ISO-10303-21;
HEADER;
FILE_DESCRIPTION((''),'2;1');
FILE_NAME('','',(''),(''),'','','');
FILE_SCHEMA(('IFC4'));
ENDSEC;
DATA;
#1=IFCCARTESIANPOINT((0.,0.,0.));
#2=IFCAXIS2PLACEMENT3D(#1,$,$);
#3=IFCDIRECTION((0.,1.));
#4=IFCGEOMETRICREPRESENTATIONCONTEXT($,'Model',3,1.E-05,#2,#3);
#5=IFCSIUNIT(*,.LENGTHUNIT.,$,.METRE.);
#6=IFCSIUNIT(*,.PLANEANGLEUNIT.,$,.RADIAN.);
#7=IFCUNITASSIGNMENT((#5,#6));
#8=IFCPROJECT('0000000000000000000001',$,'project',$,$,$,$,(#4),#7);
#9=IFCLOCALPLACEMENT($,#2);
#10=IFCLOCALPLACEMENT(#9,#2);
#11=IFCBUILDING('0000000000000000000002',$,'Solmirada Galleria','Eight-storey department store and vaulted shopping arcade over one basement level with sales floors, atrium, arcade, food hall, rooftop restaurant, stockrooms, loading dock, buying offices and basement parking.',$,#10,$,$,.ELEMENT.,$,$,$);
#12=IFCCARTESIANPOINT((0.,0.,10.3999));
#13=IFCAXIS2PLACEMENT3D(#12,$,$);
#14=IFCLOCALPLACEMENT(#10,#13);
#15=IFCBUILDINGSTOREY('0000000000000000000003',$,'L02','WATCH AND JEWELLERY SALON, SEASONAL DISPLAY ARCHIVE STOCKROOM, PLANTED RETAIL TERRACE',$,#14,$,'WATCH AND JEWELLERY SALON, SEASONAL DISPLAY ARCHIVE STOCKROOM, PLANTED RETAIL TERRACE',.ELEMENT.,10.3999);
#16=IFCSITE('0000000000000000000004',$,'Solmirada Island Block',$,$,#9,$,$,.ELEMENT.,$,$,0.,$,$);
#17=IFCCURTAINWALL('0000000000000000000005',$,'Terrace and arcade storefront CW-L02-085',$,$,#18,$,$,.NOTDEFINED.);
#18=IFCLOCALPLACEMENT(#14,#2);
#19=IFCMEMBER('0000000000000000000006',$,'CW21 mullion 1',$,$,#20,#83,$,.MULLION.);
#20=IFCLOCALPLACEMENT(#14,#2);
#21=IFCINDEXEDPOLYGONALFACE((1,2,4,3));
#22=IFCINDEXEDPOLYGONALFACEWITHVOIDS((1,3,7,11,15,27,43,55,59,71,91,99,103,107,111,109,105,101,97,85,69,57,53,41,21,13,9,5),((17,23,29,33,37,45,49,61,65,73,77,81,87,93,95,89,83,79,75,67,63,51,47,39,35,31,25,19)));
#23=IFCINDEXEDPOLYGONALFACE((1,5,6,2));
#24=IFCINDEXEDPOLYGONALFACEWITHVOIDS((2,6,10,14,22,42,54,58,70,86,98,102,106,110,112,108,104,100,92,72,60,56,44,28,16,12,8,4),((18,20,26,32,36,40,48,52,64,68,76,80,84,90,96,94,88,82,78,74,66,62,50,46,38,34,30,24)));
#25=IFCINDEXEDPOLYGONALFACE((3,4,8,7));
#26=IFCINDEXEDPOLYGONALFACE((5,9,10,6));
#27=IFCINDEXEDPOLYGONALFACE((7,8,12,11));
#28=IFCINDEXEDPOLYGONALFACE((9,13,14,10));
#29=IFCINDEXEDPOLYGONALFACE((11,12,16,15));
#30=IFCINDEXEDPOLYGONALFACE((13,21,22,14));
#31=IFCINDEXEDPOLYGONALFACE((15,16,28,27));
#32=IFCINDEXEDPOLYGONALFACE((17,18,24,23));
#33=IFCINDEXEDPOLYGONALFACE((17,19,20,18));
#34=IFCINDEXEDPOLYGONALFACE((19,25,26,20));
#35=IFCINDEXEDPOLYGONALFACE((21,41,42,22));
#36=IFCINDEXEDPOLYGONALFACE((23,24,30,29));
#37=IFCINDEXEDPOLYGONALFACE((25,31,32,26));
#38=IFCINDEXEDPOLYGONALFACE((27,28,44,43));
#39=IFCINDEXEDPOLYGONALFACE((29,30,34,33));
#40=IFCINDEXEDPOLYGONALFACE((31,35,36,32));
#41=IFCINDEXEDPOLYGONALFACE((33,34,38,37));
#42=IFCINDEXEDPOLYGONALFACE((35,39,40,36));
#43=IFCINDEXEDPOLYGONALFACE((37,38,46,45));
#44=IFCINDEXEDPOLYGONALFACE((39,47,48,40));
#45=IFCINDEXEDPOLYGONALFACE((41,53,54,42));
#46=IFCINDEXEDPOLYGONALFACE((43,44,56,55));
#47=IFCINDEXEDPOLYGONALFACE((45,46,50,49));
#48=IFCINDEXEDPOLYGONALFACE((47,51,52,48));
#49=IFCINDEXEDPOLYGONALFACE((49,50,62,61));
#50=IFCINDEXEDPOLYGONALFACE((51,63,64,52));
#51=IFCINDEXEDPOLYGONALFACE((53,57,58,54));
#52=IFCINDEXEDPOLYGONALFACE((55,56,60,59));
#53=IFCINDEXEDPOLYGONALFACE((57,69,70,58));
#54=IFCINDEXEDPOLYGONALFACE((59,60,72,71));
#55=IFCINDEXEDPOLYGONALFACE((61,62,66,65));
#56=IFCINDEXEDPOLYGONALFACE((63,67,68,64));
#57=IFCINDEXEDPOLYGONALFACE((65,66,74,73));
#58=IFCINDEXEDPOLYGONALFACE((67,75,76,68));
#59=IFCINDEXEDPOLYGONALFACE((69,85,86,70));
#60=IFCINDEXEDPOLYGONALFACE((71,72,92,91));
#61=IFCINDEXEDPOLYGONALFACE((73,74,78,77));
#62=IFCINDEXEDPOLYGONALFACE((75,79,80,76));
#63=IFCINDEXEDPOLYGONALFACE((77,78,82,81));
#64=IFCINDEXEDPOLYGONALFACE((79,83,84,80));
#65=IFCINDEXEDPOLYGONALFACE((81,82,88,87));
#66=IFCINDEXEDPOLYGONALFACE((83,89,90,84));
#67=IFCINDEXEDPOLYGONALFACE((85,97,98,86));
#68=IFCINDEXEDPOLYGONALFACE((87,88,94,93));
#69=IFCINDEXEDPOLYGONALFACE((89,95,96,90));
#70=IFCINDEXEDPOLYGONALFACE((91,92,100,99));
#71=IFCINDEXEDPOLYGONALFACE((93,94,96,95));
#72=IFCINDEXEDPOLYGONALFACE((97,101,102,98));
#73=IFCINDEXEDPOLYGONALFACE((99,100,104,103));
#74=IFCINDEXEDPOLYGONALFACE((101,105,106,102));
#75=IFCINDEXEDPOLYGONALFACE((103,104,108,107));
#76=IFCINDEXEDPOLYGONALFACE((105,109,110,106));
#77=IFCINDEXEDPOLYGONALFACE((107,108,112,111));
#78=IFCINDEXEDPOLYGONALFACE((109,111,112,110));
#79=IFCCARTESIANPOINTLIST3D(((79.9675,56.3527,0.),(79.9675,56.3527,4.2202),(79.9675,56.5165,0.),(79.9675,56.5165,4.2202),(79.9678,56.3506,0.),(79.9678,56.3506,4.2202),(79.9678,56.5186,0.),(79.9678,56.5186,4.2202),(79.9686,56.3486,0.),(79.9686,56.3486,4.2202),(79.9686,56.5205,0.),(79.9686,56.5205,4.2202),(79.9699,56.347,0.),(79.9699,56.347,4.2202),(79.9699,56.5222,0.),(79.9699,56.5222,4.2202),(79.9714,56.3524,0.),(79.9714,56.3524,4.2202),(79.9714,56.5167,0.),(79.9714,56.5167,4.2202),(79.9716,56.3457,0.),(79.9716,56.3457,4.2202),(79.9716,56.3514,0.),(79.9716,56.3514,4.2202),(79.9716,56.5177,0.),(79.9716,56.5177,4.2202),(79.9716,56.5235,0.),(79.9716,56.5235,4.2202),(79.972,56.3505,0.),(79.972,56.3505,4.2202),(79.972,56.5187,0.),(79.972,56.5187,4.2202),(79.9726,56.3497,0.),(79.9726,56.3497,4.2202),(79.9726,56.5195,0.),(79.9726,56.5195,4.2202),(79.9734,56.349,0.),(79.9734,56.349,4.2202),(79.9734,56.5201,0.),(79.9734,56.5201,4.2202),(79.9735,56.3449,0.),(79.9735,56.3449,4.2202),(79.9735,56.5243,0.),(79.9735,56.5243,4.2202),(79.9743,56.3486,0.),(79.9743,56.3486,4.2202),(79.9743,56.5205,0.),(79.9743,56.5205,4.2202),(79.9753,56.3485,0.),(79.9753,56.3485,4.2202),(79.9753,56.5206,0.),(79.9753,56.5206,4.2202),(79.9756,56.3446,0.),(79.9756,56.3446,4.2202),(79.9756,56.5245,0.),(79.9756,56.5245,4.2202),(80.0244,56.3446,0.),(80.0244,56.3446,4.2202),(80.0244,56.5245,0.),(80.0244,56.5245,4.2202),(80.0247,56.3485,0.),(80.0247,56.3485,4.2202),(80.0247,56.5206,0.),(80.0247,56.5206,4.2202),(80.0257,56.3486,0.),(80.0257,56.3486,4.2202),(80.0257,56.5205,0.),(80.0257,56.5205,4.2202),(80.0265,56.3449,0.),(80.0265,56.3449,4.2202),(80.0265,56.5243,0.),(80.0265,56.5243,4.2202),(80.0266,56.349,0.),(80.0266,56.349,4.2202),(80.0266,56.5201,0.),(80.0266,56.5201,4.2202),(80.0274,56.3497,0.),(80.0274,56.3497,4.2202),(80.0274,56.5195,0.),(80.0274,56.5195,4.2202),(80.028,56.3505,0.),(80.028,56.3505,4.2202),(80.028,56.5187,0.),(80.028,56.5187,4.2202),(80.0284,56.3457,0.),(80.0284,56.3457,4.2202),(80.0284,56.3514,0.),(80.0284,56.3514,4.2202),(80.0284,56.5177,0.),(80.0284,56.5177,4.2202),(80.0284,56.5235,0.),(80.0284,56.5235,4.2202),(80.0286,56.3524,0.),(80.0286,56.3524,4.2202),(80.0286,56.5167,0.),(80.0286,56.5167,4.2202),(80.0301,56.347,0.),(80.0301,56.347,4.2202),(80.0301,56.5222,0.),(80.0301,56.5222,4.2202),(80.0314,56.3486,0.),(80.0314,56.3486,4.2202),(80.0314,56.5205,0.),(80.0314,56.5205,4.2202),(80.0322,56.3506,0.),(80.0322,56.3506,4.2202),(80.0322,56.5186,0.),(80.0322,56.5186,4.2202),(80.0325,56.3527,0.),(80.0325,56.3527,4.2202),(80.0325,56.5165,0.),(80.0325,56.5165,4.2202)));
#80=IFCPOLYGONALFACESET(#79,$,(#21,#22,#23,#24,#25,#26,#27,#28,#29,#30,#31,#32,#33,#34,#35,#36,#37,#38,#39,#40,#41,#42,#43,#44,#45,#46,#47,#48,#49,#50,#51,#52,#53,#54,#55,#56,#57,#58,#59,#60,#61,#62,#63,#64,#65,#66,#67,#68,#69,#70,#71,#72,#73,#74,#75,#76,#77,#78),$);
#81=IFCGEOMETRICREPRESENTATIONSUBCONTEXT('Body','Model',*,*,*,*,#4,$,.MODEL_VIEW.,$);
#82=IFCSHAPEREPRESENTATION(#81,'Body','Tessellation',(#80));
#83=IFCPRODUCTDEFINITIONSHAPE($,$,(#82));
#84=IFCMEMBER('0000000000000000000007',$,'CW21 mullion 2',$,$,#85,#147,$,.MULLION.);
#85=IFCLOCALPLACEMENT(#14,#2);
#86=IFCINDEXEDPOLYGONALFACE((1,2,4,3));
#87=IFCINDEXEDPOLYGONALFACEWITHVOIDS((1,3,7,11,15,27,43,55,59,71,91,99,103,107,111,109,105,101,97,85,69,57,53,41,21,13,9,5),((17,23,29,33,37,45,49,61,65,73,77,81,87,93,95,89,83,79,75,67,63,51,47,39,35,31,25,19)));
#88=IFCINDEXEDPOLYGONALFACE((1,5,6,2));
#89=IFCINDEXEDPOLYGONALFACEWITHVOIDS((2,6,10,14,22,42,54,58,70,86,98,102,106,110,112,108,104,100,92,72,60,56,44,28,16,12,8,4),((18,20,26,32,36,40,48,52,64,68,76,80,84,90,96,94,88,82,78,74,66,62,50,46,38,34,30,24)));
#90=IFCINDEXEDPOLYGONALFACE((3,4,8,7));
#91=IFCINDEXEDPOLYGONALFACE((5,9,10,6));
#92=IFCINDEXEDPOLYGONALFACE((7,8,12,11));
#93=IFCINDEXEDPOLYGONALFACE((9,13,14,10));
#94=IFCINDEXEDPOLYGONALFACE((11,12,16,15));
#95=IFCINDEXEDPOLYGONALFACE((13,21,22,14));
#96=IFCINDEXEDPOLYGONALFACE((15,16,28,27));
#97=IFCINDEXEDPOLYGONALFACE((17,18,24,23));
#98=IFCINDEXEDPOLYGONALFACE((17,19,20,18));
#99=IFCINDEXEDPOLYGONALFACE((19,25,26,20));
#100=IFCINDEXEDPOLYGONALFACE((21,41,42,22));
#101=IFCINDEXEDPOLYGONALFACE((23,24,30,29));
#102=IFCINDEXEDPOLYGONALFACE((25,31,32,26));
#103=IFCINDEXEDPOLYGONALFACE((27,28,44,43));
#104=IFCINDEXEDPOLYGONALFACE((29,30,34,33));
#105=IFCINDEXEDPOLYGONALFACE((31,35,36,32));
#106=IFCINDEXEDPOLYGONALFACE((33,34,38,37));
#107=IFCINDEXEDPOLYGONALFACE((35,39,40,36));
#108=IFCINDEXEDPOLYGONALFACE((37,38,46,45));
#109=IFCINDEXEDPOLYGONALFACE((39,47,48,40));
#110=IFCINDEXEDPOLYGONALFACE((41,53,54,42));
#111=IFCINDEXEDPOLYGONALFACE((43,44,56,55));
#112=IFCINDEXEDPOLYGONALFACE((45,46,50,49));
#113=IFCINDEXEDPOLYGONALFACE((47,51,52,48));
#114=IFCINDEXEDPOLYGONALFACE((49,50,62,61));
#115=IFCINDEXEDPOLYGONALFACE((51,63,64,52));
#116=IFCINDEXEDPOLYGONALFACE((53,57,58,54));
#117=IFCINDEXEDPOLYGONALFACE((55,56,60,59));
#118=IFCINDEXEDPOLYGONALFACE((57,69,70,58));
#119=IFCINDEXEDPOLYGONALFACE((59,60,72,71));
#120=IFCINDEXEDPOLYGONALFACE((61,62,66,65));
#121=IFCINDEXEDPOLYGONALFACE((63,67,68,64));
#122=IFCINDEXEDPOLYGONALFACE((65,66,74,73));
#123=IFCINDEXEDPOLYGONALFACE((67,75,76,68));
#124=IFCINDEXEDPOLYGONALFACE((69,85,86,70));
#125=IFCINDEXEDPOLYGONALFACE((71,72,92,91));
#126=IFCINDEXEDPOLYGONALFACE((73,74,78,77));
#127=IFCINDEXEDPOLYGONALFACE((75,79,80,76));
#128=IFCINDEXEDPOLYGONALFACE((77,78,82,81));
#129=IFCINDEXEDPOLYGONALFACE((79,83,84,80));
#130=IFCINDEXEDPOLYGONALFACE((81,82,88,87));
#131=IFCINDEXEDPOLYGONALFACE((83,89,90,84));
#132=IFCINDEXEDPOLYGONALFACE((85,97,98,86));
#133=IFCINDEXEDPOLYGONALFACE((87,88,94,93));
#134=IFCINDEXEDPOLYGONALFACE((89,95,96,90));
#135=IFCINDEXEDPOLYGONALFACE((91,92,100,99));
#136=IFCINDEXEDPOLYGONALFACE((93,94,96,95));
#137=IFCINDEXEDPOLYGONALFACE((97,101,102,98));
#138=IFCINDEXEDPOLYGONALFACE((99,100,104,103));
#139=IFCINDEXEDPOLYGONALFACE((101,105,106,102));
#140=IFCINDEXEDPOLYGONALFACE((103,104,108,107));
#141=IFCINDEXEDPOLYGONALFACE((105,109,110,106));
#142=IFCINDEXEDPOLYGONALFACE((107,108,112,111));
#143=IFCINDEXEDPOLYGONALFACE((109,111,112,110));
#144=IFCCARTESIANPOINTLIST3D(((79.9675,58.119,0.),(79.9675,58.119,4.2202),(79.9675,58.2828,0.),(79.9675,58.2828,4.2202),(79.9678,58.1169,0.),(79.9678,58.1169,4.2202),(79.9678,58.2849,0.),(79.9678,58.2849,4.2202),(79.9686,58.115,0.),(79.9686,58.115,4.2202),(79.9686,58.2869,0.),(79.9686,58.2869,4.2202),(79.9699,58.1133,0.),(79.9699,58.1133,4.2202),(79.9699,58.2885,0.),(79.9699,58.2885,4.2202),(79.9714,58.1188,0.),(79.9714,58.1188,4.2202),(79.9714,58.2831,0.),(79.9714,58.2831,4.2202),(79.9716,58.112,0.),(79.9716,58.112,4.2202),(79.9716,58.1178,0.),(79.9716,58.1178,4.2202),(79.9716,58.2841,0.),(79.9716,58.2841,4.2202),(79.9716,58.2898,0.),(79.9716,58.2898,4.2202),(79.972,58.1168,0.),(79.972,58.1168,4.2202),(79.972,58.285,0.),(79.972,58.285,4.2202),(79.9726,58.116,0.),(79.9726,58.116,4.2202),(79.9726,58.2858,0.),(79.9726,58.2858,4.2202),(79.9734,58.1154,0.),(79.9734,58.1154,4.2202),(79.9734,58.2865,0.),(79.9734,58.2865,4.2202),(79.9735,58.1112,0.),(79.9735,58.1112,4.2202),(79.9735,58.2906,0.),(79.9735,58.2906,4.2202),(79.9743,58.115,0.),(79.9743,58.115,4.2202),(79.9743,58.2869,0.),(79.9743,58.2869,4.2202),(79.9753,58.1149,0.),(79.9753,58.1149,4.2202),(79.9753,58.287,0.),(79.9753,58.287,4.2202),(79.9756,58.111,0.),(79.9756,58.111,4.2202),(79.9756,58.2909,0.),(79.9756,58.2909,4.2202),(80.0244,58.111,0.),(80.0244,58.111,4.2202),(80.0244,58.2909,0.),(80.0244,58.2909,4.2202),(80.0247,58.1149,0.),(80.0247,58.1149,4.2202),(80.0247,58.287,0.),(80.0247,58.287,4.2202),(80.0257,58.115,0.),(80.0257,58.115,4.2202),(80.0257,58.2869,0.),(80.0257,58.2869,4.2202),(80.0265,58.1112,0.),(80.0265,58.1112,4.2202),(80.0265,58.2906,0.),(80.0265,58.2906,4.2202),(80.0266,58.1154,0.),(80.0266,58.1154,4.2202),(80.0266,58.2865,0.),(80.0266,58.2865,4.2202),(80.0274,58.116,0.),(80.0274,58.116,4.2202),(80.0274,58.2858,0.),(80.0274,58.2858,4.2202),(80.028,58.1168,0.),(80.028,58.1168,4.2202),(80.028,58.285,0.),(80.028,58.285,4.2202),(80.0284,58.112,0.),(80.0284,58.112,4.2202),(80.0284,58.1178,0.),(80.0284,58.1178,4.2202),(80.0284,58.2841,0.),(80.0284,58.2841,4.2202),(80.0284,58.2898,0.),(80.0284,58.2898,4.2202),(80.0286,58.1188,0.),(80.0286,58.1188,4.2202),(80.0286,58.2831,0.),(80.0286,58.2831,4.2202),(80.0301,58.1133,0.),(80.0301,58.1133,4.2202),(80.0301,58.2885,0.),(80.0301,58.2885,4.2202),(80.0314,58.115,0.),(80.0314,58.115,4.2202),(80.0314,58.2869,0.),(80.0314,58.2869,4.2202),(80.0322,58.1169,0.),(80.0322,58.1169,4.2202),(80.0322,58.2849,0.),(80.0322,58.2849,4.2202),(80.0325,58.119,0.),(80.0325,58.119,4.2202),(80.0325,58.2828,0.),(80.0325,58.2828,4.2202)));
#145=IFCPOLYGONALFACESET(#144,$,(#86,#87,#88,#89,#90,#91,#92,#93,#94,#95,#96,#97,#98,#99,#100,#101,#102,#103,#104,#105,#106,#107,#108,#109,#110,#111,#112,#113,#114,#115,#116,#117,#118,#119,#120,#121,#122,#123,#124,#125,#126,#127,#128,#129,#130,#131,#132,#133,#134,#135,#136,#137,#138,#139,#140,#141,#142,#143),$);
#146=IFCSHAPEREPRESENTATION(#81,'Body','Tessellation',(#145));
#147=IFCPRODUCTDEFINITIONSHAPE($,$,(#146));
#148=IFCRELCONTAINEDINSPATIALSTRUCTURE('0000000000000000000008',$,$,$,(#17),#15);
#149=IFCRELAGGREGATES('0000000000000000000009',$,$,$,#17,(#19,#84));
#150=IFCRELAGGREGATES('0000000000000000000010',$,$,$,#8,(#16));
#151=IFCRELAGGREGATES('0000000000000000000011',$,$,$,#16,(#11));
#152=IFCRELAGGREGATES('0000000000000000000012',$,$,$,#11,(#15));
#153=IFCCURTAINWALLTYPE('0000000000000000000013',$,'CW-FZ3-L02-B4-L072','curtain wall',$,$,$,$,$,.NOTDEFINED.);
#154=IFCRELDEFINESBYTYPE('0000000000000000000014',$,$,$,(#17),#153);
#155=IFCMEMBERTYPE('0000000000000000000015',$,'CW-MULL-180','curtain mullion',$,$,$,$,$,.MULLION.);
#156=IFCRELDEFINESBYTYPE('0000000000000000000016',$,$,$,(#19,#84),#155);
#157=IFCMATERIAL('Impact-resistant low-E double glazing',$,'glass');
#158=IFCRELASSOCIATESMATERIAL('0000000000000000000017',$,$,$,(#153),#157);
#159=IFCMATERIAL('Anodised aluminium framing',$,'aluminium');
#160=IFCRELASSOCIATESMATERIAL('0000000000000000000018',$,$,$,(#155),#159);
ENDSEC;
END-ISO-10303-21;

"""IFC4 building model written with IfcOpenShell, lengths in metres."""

from ifc_helpers import new_model, si_unit, direction, frame, origin, origin_2d, place, context, subcontext, project, spatial, hollow_rectangle, extrude, material, material_profile, profile_set, type_object, element, aggregate, save


model = new_model("IFC4")

# Units and contexts
model_context = context("Model", 3, precision=1e-05, world=origin(), true_north=direction((0.0, 1.0)))
body_context = subcontext(model_context, "Body", "Model", "MODEL_VIEW")
ifc_project = project(units=[si_unit("LENGTHUNIT", "METRE"), si_unit("PLANEANGLEUNIT", "RADIAN")], contexts=[model_context])

# Site, building, storey
site_placement = place(None, origin())
site = spatial("IfcSite", under=ifc_project, at=site_placement, Name="Solmirada Island Block", CompositionType="ELEMENT", RefElevation=0.0)
building_placement = place(site_placement, origin())
building = spatial("IfcBuilding", under=site, at=building_placement, Name="Solmirada Galleria", Description="Eight-storey department store and vaulted shopping arcade over one basement level with sales floors, atrium, arcade, food hall, rooftop restaurant, stockrooms, loading dock, buying offices and basement parking.", CompositionType="ELEMENT")
storey_placement = place(building_placement, frame((0.0, 0.0, 10.3999)))
storey = spatial("IfcBuildingStorey", under=building, at=storey_placement, Name="L02", Description="WATCH AND JEWELLERY SALON, SEASONAL DISPLAY ARCHIVE STOCKROOM, PLANTED RETAIL TERRACE", LongName="WATCH AND JEWELLERY SALON, SEASONAL DISPLAY ARCHIVE STOCKROOM, PLANTED RETAIL TERRACE", CompositionType="ELEMENT", Elevation=10.3999)

# Shared definitions
ifc_material_1 = material(Name="Impact-resistant low-E double glazing", Category="glass")
curtain_wall_type = type_object("IfcCurtainWallType", Name="CW-FZ3-L02-B4-L072", Description="curtain wall", PredefinedType="NOTDEFINED", material=ifc_material_1)
ifc_material_2 = material(Name="Anodised aluminium framing", Category="aluminium")
ifc_material_profile_1 = material_profile(ifc_material_2, hollow_rectangle(XDim=0.0649, YDim=0.1799, WallThickness=0.0039, InnerFilletRadius=0.0039, OuterFilletRadius=0.0081, at=origin_2d()), Name="ALU-MULL-180X65")
ifc_profile_set_1 = profile_set([ifc_material_profile_1], Name="Anodised aluminium framing")
member_type_1 = type_object("IfcMemberType", Name="CW-MULL-180", Description="curtain mullion", PredefinedType="MULLION", material=ifc_profile_set_1)

# Curtain wall, members
curtain_wall_1_placement = place(storey_placement, origin())
curtain_wall_1 = element("IfcCurtainWall", 1, at=curtain_wall_1_placement, inside=storey, type_object=curtain_wall_type, Name="Terrace and arcade storefront CW-L02-085", PredefinedType="NOTDEFINED")
member_1_placement = place(storey_placement, frame((80.0, 56.4346, 0.0), z_axis=(0.0, 0.0, 1.0), x_axis=(-1.0, 0.0, 0.0)))
member_1 = element("IfcMember", 2, at=member_1_placement, type_object=member_type_1, Name="CW21 mullion 1", PredefinedType="MULLION", context=body_context, shape_type="SweptSolid", body=[
    extrude(hollow_rectangle(XDim=0.0649, YDim=0.1799, WallThickness=0.0039, InnerFilletRadius=0.0039, OuterFilletRadius=0.0081, at=origin_2d()), origin(), (0.0, 0.0, 1.0), 4.2202),
])
member_2_placement = place(storey_placement, frame((80.0, 58.2009, 0.0), z_axis=(0.0, 0.0, 1.0), x_axis=(-1.0, 0.0, 0.0)))
member_2 = element("IfcMember", 3, at=member_2_placement, type_object=member_type_1, Name="CW21 mullion 2", PredefinedType="MULLION", context=body_context, shape_type="SweptSolid", body=[
    extrude(hollow_rectangle(XDim=0.0649, YDim=0.1799, WallThickness=0.0039, InnerFilletRadius=0.0039, OuterFilletRadius=0.0081, at=origin_2d()), origin(), (0.0, 0.0, 1.0), 4.2202),
])

aggregate(curtain_wall_1, [member_1, member_2])

save(model, "model.ifc")
